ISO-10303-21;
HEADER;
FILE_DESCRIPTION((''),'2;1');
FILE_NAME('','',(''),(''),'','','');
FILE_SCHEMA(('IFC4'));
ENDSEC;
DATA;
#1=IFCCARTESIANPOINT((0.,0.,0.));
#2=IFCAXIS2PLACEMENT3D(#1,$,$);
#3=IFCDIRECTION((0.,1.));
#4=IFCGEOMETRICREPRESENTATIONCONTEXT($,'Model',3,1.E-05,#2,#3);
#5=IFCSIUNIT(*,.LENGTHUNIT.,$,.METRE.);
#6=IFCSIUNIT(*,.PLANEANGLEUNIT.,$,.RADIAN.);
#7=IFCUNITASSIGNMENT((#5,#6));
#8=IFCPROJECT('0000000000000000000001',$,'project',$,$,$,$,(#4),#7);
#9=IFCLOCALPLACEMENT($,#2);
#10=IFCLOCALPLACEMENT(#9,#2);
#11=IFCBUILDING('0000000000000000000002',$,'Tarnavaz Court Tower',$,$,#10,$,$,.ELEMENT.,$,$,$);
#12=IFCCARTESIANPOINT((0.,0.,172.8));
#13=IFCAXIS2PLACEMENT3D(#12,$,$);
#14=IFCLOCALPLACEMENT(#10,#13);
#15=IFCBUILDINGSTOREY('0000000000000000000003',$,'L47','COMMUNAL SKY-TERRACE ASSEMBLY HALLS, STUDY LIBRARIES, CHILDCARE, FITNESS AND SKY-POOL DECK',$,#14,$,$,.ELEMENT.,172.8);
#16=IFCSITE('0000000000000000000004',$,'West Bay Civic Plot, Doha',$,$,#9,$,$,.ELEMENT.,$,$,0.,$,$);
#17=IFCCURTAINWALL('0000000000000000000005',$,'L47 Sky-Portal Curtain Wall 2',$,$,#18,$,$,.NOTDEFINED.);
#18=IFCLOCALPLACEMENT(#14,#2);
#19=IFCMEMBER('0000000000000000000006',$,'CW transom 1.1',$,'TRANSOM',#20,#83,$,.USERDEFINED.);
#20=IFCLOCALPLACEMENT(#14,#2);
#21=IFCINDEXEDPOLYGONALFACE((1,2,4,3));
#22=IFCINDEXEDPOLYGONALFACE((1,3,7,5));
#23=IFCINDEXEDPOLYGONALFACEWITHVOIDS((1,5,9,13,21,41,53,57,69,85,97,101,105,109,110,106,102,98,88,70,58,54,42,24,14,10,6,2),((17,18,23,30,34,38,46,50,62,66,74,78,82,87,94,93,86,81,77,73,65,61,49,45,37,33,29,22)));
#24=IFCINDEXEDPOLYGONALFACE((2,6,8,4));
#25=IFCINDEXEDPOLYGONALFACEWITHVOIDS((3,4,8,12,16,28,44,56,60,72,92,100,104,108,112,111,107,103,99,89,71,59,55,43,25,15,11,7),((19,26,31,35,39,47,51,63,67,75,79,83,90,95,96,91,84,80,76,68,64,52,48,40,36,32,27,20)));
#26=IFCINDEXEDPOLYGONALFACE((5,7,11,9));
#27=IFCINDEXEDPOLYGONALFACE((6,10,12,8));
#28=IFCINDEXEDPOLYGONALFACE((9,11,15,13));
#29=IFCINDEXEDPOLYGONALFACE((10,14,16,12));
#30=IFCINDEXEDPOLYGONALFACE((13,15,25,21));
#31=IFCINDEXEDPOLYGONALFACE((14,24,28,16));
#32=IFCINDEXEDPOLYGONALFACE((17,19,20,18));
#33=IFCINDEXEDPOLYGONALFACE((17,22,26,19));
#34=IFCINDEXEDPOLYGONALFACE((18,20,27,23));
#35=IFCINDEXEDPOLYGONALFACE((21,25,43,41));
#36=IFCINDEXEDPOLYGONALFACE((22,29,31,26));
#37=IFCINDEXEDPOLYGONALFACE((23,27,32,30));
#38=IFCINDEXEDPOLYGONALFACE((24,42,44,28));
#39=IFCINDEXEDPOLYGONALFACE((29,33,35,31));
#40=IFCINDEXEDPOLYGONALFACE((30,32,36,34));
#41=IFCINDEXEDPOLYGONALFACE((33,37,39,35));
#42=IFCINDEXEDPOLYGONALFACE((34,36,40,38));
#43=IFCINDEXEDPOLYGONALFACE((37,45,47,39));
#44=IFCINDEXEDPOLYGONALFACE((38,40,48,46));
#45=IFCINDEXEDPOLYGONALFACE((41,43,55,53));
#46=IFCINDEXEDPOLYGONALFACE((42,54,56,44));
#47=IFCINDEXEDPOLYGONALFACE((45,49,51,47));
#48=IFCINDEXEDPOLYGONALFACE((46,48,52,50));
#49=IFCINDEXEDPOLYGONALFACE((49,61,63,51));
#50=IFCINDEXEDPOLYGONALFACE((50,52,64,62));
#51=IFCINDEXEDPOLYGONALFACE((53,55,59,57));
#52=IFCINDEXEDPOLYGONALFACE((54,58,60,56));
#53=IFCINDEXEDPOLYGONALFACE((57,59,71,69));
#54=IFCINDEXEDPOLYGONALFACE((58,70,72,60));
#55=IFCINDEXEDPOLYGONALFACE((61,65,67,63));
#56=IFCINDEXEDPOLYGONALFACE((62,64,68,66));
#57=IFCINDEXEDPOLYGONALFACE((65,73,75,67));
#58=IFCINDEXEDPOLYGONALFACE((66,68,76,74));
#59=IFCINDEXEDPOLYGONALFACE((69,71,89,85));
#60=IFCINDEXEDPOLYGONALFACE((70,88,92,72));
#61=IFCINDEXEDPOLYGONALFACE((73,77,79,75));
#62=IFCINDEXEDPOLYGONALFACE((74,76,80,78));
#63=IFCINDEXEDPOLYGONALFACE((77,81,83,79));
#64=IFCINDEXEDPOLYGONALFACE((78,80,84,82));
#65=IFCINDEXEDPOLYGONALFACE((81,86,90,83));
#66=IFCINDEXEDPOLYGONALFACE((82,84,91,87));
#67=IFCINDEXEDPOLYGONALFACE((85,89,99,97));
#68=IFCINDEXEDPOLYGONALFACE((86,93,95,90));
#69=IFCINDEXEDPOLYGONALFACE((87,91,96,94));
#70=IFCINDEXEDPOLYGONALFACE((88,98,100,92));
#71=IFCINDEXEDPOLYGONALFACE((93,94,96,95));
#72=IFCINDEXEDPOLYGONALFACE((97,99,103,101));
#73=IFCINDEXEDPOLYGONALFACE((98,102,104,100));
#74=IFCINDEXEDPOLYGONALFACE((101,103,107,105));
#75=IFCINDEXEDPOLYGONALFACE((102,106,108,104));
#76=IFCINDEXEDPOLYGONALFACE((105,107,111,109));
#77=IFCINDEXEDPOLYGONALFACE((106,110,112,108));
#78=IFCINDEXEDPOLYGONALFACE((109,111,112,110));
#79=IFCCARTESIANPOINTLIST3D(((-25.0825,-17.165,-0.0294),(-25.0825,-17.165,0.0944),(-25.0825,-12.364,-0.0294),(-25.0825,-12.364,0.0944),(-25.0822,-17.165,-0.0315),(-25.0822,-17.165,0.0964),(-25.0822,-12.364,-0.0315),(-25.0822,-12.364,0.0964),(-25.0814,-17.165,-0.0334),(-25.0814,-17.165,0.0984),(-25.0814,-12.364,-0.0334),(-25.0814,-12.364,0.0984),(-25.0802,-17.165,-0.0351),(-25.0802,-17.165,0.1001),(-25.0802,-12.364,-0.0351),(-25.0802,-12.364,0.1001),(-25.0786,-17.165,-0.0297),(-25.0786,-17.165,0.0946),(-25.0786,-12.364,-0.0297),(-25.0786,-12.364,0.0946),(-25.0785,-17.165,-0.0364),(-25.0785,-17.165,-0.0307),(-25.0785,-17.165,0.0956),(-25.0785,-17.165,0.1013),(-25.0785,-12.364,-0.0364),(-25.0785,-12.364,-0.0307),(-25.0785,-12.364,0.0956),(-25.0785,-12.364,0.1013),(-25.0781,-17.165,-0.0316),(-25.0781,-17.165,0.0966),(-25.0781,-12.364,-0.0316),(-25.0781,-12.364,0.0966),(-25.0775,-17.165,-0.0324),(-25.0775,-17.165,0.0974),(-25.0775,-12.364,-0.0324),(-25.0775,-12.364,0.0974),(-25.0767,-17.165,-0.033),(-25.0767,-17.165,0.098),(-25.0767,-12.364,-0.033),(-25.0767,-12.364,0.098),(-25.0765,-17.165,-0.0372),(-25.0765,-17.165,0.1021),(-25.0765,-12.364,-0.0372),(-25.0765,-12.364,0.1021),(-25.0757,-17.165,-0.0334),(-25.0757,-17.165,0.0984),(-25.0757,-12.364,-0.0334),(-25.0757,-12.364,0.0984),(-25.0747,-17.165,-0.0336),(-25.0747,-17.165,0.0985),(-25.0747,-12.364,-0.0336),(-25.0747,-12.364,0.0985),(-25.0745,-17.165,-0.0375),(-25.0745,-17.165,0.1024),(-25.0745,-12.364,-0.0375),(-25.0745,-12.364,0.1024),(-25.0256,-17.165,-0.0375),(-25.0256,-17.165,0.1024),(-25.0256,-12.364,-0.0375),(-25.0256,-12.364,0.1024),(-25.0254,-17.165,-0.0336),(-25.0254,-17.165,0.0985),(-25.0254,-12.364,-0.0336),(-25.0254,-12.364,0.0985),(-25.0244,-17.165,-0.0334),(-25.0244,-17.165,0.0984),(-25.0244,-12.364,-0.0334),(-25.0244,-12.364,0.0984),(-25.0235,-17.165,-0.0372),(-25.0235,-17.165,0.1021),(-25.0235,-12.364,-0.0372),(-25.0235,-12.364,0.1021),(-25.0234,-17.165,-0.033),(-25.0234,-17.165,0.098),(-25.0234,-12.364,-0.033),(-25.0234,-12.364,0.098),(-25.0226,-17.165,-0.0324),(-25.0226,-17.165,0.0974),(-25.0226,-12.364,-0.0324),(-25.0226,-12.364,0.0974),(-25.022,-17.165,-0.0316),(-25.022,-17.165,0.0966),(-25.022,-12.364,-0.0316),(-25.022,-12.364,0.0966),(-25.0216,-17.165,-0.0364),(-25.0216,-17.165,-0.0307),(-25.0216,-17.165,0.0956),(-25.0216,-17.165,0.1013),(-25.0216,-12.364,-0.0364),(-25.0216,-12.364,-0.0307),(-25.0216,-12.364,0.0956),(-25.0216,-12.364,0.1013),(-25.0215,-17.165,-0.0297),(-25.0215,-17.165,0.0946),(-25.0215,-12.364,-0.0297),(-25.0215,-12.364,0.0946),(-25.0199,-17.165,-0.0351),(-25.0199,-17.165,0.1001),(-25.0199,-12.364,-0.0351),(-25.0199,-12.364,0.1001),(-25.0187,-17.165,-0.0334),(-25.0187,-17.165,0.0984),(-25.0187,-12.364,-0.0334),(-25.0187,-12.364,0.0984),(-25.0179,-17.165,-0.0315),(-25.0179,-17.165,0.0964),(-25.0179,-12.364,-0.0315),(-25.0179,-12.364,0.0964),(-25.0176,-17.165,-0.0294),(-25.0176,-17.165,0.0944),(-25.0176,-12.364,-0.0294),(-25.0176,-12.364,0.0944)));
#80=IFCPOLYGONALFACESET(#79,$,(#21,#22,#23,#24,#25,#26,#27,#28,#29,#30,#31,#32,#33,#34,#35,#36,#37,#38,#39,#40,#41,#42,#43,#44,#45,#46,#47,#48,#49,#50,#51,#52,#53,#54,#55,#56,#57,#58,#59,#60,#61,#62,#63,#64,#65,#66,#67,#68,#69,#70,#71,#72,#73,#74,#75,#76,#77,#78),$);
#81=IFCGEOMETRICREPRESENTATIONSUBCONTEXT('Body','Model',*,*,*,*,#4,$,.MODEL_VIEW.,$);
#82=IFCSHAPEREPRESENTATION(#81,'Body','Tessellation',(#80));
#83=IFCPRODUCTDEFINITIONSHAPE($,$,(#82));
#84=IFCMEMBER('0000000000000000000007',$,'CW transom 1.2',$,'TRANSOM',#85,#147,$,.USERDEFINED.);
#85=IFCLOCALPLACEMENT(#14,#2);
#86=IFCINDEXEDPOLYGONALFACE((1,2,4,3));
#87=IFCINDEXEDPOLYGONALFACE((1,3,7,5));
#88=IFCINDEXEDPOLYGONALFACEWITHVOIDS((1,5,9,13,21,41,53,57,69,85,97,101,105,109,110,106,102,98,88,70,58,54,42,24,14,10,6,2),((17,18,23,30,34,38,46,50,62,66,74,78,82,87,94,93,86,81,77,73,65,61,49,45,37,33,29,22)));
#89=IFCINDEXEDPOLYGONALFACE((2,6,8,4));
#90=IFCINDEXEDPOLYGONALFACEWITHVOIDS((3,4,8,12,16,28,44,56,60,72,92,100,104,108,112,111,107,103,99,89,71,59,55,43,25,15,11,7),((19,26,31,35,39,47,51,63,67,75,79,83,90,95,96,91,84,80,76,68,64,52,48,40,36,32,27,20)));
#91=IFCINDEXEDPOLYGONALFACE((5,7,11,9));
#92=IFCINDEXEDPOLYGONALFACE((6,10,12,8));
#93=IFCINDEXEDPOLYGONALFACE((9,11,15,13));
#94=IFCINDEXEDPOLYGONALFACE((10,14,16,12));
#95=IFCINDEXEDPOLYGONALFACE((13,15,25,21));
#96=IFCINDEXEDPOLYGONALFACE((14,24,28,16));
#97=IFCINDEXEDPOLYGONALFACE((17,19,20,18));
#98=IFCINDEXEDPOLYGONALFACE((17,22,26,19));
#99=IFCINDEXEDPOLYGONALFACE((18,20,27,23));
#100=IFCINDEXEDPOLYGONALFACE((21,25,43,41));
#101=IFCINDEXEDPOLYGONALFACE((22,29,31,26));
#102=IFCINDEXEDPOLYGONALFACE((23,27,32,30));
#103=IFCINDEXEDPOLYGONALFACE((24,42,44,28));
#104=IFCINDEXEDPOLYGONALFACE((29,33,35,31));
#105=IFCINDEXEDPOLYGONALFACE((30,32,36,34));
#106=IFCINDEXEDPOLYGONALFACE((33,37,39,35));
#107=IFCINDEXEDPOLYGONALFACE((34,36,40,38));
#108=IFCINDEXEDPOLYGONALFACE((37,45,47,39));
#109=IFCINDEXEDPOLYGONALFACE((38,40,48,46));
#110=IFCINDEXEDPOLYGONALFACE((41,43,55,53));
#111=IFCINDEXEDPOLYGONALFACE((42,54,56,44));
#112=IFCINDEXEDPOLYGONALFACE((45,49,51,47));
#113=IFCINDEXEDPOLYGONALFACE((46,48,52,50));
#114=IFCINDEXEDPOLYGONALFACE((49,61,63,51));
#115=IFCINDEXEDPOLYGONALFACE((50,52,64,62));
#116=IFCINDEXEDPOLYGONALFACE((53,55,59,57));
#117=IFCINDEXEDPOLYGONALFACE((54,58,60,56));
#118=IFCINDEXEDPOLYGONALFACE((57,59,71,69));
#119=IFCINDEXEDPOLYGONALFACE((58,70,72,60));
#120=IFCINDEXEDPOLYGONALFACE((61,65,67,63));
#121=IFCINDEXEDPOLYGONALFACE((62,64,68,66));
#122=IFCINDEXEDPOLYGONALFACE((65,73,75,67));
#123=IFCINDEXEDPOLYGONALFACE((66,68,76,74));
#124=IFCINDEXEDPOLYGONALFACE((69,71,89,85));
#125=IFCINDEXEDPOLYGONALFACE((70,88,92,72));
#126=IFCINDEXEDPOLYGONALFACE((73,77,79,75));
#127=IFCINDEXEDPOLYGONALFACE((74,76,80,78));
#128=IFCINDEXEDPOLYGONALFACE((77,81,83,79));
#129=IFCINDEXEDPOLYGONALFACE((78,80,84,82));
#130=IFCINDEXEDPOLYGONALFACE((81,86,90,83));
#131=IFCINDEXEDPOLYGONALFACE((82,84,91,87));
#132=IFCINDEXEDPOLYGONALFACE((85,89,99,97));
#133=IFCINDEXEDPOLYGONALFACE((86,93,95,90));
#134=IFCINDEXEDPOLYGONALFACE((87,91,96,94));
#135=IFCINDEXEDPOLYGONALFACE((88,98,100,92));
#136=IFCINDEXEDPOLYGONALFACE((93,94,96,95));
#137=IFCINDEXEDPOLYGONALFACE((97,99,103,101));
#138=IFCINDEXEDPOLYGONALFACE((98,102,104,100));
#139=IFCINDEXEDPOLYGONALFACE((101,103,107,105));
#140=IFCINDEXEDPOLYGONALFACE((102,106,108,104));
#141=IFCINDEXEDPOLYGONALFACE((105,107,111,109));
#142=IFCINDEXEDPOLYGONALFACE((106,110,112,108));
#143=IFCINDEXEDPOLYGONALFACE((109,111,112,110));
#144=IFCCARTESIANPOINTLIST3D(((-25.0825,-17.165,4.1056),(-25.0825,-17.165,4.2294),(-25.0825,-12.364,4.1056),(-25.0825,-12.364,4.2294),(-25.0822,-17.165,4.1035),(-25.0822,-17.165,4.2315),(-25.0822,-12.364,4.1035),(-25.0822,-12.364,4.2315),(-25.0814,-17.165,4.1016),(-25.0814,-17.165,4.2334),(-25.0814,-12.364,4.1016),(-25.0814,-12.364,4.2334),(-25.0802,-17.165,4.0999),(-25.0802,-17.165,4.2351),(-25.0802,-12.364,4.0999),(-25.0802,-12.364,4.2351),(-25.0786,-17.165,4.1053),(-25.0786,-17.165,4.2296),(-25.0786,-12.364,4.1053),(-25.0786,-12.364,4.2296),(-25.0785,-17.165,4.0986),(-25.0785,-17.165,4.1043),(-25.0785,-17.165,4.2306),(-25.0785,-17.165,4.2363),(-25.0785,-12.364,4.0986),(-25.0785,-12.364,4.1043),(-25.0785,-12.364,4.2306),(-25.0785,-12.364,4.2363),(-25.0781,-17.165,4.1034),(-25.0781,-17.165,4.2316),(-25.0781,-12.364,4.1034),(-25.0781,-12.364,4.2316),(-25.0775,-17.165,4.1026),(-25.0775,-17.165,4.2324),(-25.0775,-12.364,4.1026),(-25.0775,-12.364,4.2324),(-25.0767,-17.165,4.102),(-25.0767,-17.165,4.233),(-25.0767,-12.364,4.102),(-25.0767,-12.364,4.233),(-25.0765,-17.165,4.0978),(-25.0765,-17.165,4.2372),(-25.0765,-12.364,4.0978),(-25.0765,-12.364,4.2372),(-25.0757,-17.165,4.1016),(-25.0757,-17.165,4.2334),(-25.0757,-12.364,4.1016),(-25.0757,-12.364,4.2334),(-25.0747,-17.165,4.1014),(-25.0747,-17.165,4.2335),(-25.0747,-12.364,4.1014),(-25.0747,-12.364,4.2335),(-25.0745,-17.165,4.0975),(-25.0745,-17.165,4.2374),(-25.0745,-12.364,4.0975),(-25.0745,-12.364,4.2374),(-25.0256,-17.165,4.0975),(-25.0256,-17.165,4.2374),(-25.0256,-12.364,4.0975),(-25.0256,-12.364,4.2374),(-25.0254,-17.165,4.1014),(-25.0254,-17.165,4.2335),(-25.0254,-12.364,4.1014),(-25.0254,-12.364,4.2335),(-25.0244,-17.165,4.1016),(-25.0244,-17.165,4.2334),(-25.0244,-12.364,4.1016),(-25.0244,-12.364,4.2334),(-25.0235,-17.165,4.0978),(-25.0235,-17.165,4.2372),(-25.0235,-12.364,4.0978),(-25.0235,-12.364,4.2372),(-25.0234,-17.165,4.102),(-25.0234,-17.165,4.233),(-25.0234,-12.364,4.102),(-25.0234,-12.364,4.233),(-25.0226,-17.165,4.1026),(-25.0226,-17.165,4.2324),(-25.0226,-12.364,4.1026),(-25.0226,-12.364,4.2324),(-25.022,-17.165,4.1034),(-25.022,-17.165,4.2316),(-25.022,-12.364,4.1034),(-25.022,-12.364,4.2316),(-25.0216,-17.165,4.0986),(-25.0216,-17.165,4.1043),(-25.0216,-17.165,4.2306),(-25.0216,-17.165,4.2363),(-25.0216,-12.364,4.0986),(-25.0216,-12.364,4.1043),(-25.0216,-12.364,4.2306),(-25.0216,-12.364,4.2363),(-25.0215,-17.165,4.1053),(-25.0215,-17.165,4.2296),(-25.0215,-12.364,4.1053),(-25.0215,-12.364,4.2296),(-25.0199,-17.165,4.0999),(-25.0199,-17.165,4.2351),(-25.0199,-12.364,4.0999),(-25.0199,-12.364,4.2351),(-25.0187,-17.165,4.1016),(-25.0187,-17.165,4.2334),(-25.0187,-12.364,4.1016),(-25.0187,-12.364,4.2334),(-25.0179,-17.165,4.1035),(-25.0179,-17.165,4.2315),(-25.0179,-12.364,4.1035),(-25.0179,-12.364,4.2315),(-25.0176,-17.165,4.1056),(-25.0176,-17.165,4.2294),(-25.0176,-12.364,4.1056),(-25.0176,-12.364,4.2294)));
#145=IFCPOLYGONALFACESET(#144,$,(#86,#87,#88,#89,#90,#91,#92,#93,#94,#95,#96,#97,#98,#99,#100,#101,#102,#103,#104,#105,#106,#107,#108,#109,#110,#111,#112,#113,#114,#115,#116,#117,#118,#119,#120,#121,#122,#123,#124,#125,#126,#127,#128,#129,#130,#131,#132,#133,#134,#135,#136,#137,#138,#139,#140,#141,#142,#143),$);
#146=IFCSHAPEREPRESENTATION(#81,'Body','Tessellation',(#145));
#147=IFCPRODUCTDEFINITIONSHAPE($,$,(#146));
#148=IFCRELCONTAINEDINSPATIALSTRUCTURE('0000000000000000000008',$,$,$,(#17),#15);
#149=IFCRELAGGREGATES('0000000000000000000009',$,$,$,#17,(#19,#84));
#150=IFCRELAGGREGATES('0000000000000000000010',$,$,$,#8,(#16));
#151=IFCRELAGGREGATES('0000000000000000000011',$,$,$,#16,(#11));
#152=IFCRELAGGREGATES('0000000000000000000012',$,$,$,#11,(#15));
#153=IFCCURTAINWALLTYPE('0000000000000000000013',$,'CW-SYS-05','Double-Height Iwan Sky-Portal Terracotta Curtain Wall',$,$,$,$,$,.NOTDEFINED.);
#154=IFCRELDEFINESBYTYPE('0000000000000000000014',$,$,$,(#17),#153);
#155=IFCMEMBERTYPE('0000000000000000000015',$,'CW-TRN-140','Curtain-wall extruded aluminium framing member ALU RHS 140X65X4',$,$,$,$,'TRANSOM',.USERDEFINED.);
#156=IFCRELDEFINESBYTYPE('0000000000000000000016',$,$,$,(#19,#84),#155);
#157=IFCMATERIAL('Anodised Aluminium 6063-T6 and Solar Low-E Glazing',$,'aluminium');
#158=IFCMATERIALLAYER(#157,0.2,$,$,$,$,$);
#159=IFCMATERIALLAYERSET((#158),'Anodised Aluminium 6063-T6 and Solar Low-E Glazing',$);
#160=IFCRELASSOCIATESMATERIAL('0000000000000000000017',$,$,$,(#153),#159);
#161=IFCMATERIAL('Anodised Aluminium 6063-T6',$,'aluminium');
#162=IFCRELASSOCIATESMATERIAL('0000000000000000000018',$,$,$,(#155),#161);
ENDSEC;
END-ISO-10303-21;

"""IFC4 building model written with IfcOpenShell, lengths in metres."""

from ifc_helpers import new_model, si_unit, direction, frame, origin, origin_2d, place, context, subcontext, project, spatial, hollow_rectangle, extrude, material, layer, layer_set, material_profile, profile_set, type_object, element, aggregate, save


model = new_model("IFC4")

# Units and contexts
model_context = context("Model", 3, precision=1e-05, world=origin(), true_north=direction((0.0, 1.0)))
body_context = subcontext(model_context, "Body", "Model", "MODEL_VIEW")
ifc_project = project(units=[si_unit("LENGTHUNIT", "METRE"), si_unit("PLANEANGLEUNIT", "RADIAN")], contexts=[model_context])

# Site, building, storey
site_placement = place(None, origin())
site = spatial("IfcSite", under=ifc_project, at=site_placement, Name="West Bay Civic Plot, Doha", CompositionType="ELEMENT", RefElevation=0.0)
building_placement = place(site_placement, origin())
building = spatial("IfcBuilding", under=site, at=building_placement, Name="Tarnavaz Court Tower", CompositionType="ELEMENT")
storey_placement = place(building_placement, frame((0.0, 0.0, 172.8)))
storey = spatial("IfcBuildingStorey", under=building, at=storey_placement, Name="L47", Description="COMMUNAL SKY-TERRACE ASSEMBLY HALLS, STUDY LIBRARIES, CHILDCARE, FITNESS AND SKY-POOL DECK", CompositionType="ELEMENT", Elevation=172.8)

# Curtain wall, members
ifc_material_1 = material(Name="Anodised Aluminium 6063-T6 and Solar Low-E Glazing", Category="aluminium")
ifc_layer_1 = layer(ifc_material_1, 0.2)
ifc_layer_set_1 = layer_set([ifc_layer_1], Name="Anodised Aluminium 6063-T6 and Solar Low-E Glazing")
curtain_wall_type = type_object("IfcCurtainWallType", Name="CW-SYS-05", Description="Double-Height Iwan Sky-Portal Terracotta Curtain Wall", PredefinedType="NOTDEFINED", material=ifc_layer_set_1)
curtain_wall_placement = place(storey_placement, origin())
curtain_wall = element("IfcCurtainWall", 1, at=curtain_wall_placement, inside=storey, type_object=curtain_wall_type, Name="L47 Sky-Portal Curtain Wall 2", PredefinedType="NOTDEFINED")
ifc_material_2 = material(Name="Anodised Aluminium 6063-T6", Category="aluminium")
ifc_material_profile_1 = material_profile(ifc_material_2, hollow_rectangle(XDim=0.0649, YDim=0.1399, WallThickness=0.0039, InnerFilletRadius=0.0039, OuterFilletRadius=0.0081, at=origin_2d()), Name="ALU RHS 140X65X4")
ifc_profile_set_1 = profile_set([ifc_material_profile_1], Name="Anodised Aluminium 6063-T6")
member_type_1 = type_object("IfcMemberType", Name="CW-TRN-140", Description="Curtain-wall extruded aluminium framing member ALU RHS 140X65X4", ElementType="TRANSOM", PredefinedType="USERDEFINED", material=ifc_profile_set_1)
member_1_placement = place(storey_placement, frame((-25.05, -17.165, 0.0325), z_axis=(0.0, 1.0, 0.0), x_axis=(-1.0, 0.0, 0.0)))
member_1 = element("IfcMember", 2, at=member_1_placement, type_object=member_type_1, Name="CW transom 1.1", ObjectType="TRANSOM", PredefinedType="USERDEFINED", context=body_context, shape_type="SweptSolid", body=[
    extrude(hollow_rectangle(XDim=0.0649, YDim=0.1399, WallThickness=0.0039, InnerFilletRadius=0.0039, OuterFilletRadius=0.0081, at=origin_2d()), origin(), (0.0, 0.0, 1.0), 4.801),
])
member_2_placement = place(storey_placement, frame((-25.05, -17.165, 4.1675), z_axis=(0.0, 1.0, 0.0), x_axis=(-1.0, 0.0, 0.0)))
member_2 = element("IfcMember", 3, at=member_2_placement, type_object=member_type_1, Name="CW transom 1.2", ObjectType="TRANSOM", PredefinedType="USERDEFINED", context=body_context, shape_type="SweptSolid", body=[
    extrude(hollow_rectangle(XDim=0.0649, YDim=0.1399, WallThickness=0.0039, InnerFilletRadius=0.0039, OuterFilletRadius=0.0081, at=origin_2d()), origin(), (0.0, 0.0, 1.0), 4.801),
])
aggregate(curtain_wall, [member_1, member_2])

save(model, "model.ifc")
